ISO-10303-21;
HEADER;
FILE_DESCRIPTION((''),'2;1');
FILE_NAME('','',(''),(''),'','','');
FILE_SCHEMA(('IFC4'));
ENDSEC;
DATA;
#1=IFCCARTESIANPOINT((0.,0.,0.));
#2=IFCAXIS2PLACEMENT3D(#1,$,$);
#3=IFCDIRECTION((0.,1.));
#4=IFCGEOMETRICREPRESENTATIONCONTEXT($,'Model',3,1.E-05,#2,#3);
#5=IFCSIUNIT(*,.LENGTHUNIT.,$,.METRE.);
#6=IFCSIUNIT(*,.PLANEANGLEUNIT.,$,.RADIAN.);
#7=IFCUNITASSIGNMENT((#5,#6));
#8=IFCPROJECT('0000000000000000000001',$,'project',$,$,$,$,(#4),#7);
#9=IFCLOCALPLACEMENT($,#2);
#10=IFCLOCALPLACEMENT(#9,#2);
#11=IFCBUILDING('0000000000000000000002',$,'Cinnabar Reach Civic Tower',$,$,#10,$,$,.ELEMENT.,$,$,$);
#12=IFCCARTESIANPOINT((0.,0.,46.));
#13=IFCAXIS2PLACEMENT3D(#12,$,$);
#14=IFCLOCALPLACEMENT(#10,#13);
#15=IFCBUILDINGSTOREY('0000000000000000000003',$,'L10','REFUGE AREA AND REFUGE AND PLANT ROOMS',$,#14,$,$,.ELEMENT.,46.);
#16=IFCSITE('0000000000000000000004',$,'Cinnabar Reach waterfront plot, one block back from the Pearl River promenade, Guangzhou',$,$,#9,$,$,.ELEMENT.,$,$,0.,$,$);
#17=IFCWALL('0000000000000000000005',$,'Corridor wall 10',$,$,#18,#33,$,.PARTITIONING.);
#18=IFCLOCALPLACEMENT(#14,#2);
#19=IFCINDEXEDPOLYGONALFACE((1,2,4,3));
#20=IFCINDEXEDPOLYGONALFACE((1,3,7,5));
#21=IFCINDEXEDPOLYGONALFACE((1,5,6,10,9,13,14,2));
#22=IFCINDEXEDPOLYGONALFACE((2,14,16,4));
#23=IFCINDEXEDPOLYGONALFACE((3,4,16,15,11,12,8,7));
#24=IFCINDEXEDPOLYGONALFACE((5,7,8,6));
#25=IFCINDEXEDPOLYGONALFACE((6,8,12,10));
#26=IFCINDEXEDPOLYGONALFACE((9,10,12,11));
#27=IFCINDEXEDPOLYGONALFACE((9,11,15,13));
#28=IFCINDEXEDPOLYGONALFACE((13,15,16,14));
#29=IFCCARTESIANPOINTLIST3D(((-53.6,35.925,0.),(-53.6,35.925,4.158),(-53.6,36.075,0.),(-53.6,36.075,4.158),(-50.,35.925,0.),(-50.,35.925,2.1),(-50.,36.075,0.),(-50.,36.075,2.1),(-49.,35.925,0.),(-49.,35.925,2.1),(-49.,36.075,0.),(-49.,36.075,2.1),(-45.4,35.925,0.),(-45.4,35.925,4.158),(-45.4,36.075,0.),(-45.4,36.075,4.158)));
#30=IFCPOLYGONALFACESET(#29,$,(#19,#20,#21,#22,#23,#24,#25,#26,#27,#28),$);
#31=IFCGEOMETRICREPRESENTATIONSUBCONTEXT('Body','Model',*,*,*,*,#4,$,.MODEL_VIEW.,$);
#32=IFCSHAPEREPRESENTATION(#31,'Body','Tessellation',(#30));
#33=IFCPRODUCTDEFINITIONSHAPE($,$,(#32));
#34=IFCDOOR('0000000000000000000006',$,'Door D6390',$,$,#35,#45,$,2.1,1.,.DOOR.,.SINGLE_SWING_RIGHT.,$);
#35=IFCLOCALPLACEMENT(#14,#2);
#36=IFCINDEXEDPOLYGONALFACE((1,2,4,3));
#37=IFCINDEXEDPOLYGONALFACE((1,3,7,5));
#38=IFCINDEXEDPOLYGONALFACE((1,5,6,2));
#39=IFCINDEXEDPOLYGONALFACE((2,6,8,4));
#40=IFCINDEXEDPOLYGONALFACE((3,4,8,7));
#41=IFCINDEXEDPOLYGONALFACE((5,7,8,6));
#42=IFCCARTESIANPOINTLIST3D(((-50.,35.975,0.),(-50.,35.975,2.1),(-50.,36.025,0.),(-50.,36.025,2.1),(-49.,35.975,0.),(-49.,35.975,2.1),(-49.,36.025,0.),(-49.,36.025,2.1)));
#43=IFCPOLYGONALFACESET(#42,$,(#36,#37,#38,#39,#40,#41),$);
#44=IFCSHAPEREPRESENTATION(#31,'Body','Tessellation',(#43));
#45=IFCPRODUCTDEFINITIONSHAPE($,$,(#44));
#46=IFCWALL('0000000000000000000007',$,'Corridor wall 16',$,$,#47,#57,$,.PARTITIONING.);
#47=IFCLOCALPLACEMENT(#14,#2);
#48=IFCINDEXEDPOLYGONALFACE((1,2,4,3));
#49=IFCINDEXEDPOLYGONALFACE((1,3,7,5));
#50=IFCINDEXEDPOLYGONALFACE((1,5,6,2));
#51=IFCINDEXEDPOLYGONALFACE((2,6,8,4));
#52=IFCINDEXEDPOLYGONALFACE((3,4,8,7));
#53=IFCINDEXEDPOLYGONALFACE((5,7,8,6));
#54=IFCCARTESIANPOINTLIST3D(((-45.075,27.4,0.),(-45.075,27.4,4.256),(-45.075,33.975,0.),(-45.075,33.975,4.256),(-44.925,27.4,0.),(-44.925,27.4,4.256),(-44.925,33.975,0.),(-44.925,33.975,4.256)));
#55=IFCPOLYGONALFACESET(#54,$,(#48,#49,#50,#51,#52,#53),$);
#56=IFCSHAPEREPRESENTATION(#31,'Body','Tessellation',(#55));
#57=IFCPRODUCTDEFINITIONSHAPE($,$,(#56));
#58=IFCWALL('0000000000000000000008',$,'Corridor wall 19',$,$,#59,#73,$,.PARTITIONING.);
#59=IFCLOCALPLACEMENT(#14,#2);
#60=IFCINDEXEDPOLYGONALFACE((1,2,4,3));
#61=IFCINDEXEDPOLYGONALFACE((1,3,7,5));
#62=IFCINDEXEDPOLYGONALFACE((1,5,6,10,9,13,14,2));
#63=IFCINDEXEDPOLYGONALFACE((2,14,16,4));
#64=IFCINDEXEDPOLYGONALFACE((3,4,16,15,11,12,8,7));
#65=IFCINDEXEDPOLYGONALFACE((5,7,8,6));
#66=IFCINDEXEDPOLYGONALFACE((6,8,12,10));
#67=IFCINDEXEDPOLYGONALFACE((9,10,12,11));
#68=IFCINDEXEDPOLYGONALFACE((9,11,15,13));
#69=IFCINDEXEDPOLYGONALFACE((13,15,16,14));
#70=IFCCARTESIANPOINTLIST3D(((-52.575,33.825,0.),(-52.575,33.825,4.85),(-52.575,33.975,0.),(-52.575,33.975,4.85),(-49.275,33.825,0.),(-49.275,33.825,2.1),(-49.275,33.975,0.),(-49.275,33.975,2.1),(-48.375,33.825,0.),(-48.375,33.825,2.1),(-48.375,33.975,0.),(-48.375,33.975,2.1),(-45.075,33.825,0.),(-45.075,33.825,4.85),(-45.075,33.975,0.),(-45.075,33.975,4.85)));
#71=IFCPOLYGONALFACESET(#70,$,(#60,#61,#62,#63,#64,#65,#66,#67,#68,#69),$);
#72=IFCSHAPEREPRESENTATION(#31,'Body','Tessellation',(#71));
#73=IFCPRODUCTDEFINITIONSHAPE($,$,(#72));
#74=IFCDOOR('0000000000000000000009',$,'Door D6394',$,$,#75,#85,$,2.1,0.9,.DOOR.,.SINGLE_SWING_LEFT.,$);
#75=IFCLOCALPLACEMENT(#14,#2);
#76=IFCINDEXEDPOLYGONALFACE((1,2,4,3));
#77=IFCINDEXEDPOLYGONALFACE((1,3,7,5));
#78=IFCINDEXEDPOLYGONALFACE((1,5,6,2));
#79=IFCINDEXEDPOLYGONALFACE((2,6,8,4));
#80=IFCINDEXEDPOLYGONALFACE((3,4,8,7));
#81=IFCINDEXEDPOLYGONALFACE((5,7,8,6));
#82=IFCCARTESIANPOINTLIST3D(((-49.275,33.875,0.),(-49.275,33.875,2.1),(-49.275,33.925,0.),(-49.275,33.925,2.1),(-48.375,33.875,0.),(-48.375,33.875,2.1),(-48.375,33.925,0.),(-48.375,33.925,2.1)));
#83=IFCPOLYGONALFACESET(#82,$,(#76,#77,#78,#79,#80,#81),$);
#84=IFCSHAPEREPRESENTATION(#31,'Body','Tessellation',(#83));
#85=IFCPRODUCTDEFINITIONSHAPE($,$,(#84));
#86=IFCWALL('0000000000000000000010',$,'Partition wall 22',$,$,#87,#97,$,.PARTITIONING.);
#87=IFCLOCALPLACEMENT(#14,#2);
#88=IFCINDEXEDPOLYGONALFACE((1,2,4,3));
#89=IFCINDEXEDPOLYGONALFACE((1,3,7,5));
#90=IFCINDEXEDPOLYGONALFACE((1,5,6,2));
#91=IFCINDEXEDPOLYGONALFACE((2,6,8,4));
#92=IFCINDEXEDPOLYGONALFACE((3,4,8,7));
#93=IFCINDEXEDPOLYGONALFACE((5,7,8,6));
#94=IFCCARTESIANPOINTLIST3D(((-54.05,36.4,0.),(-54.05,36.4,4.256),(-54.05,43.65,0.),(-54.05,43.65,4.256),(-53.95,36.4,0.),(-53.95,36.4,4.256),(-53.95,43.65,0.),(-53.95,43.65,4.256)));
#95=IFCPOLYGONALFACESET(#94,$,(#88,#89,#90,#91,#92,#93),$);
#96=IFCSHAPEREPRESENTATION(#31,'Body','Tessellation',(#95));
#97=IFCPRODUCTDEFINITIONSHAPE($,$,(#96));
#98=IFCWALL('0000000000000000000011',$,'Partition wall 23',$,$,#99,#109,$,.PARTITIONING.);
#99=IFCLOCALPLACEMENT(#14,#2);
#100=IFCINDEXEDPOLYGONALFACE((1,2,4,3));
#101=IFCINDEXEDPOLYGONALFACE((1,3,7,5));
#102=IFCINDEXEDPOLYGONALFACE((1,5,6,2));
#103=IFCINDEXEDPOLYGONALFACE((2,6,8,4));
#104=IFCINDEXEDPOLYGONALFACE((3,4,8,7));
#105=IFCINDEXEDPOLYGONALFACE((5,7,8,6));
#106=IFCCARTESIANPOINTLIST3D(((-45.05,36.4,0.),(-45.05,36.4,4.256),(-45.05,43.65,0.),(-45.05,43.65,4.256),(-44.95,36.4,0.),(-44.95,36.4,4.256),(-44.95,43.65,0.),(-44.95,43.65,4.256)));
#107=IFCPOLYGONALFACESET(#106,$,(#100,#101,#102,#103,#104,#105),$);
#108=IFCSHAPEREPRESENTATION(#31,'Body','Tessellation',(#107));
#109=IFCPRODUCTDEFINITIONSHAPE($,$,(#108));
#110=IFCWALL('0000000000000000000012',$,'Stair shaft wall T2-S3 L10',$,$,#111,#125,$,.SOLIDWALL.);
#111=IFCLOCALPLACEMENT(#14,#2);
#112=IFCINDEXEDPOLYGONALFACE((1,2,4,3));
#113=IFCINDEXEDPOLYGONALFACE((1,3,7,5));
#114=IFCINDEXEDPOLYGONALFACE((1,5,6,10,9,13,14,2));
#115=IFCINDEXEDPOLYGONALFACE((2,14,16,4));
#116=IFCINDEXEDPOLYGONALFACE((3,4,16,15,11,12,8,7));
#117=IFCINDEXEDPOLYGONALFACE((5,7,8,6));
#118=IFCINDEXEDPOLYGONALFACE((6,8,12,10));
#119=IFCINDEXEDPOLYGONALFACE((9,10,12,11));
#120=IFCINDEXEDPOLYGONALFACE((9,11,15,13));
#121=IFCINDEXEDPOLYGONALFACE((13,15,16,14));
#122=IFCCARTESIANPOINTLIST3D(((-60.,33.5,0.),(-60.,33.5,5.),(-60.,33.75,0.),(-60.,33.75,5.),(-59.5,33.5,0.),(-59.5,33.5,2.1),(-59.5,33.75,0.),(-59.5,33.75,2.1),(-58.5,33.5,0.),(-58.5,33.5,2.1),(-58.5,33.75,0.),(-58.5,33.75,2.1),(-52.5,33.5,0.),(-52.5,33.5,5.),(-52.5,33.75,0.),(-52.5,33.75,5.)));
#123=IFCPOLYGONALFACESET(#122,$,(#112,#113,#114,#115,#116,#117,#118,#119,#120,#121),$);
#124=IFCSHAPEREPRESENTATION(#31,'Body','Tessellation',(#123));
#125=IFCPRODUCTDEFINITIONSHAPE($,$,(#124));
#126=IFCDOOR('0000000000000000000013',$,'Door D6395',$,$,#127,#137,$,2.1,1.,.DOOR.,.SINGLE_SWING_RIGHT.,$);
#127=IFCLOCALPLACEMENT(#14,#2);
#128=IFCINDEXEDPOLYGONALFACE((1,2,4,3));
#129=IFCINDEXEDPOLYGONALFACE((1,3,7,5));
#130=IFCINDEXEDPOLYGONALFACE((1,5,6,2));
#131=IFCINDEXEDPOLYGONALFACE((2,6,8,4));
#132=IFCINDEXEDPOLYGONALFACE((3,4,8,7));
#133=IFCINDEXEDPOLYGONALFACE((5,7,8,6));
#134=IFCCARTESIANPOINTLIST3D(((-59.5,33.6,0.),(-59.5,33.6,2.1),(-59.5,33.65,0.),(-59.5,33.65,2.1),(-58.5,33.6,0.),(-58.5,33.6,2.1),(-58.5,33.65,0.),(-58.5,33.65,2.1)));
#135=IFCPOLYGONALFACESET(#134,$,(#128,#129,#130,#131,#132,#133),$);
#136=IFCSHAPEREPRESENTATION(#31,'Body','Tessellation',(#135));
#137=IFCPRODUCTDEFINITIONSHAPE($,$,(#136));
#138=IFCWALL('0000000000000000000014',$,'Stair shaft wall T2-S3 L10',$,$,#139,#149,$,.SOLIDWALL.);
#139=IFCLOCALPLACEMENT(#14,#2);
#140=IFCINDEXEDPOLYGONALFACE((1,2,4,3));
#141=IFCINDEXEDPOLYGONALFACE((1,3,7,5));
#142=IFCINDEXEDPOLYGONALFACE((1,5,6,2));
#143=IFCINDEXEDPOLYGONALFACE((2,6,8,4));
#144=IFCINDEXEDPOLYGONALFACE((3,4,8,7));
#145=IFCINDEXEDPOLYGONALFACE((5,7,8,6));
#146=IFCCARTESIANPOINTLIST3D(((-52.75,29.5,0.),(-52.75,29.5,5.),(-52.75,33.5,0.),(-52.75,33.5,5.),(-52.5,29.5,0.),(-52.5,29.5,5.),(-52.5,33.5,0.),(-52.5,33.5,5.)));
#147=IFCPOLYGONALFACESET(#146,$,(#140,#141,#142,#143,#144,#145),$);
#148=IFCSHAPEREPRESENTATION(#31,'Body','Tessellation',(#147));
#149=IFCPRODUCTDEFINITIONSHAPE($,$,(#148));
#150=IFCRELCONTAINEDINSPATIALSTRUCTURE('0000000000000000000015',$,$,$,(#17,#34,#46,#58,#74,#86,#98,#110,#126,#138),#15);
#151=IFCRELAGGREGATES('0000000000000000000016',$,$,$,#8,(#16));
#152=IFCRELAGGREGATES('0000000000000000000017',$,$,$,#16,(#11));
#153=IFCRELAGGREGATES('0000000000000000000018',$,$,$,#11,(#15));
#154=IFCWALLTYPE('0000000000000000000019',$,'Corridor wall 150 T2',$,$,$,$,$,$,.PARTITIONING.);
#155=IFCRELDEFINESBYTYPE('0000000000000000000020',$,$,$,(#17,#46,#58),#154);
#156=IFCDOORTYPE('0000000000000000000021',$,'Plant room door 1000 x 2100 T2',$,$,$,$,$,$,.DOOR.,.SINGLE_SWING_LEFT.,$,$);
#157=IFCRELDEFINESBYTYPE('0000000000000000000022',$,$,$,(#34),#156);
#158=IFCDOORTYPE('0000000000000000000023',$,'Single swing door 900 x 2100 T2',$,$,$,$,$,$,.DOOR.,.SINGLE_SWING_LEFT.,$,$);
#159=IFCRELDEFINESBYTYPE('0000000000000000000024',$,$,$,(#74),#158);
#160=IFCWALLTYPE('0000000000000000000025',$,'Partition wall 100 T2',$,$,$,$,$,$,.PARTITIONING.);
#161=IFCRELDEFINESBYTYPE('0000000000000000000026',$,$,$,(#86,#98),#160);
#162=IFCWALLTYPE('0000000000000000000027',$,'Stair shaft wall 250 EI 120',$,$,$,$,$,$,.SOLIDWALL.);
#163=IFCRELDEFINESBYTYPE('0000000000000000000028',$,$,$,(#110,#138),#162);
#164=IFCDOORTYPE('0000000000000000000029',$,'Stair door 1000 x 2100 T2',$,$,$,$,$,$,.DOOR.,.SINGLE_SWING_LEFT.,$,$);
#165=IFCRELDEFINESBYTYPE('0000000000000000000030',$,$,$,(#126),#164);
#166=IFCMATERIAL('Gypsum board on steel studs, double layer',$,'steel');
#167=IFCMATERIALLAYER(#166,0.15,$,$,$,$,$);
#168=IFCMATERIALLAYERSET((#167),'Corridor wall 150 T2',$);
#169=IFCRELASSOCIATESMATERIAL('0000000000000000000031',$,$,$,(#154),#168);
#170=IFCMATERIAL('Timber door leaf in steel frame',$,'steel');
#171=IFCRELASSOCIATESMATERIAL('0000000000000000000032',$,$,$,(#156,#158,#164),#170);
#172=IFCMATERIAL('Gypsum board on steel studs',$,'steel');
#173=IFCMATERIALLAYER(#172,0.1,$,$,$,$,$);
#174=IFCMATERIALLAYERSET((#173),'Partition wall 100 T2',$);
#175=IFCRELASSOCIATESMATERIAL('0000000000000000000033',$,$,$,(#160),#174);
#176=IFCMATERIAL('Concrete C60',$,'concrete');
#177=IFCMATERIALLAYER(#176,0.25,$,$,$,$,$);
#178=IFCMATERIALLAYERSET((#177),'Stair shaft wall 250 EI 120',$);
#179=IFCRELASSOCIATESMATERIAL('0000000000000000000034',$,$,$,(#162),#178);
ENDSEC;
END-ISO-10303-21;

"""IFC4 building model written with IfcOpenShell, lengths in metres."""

from ifc_helpers import new_model, si_unit, direction, frame, frame_2d, origin, place, context, subcontext, project, spatial, rectangle, extrude, material, layer, layer_set, type_object, element, fill, save


model = new_model("IFC4")

# Units and contexts
model_context = context("Model", 3, precision=1e-05, world=origin(), true_north=direction((0.0, 1.0)))
body_context = subcontext(model_context, "Body", "Model", "MODEL_VIEW")
ifc_project = project(units=[si_unit("LENGTHUNIT", "METRE"), si_unit("PLANEANGLEUNIT", "RADIAN")], contexts=[model_context])

# Site, building, storey
site_placement = place(None, origin())
site = spatial("IfcSite", under=ifc_project, at=site_placement, Name="Cinnabar Reach waterfront plot, one block back from the Pearl River promenade, Guangzhou", CompositionType="ELEMENT", RefElevation=0.0)
building_placement = place(site_placement, origin())
building = spatial("IfcBuilding", under=site, at=building_placement, Name="Cinnabar Reach Civic Tower", CompositionType="ELEMENT")
storey_placement = place(building_placement, frame((0.0, 0.0, 46.0)))
storey = spatial("IfcBuildingStorey", under=building, at=storey_placement, Name="L10", Description="REFUGE AREA AND REFUGE AND PLANT ROOMS", CompositionType="ELEMENT", Elevation=46.0)

# Shared definitions
ifc_material_1 = material(Name="Concrete C60", Category="concrete")

# Wall, opening, door
ifc_material_2 = material(Name="Gypsum board on steel studs, double layer", Category="steel")
ifc_layer_1 = layer(ifc_material_2, 0.15)
ifc_layer_set_1 = layer_set([ifc_layer_1], Name="Corridor wall 150 T2")
wall_type_1 = type_object("IfcWallType", Name="Corridor wall 150 T2", PredefinedType="PARTITIONING", material=ifc_layer_set_1)
wall_1_placement = place(storey_placement, frame((-53.6, 36.0, 0.0), z_axis=(0.0, 0.0, 1.0), x_axis=(1.0, 0.0, 0.0)))
wall_1 = element("IfcWall", 1, at=wall_1_placement, inside=storey, type_object=wall_type_1, Name="Corridor wall 10", PredefinedType="PARTITIONING", context=body_context, shape_type="SweptSolid", body=[
    extrude(rectangle(XDim=8.2, YDim=0.15, at=frame_2d((4.1, 0.0))), origin(), (0.0, 0.0, 1.0), 4.158),
])
opening_1_placement = place(wall_1_placement, frame((3.6, 0.0, 0.0)))
opening_1 = element("IfcOpeningElement", 2, at=opening_1_placement, cuts=wall_1, PredefinedType="OPENING", context=body_context, shape_type="SweptSolid", body=[
    extrude(rectangle(XDim=1.0, YDim=2.1, at=frame_2d((0.5, 1.05))), frame((0.0, 0.085, 0.0), z_axis=(0.0, -1.0, 0.0), x_axis=(1.0, 0.0, 0.0)), (0.0, 0.0, 1.0), 0.17),
])
ifc_material_3 = material(Name="Timber door leaf in steel frame", Category="steel")
door_type_1 = type_object("IfcDoorType", Name="Plant room door 1000 x 2100 T2", OperationType="SINGLE_SWING_LEFT", PredefinedType="DOOR", material=ifc_material_3)
door_1_placement = place(opening_1_placement, origin())
door_1 = element("IfcDoor", 3, at=door_1_placement, inside=storey, type_object=door_type_1, Name="Door D6390", OperationType="SINGLE_SWING_RIGHT", OverallHeight=2.1, OverallWidth=1.0, PredefinedType="DOOR", context=body_context, shape_type="SweptSolid", body=[
    extrude(rectangle(XDim=1.0, YDim=2.1, at=frame_2d((0.5, 1.05))), frame((0.0, 0.025, 0.0), z_axis=(0.0, -1.0, 0.0), x_axis=(1.0, 0.0, 0.0)), (0.0, 0.0, 1.0), 0.05),
])
fill(opening_1, door_1)

# Wall
wall_2_placement = place(storey_placement, frame((-45.0, 27.4, 0.0), z_axis=(0.0, 0.0, 1.0), x_axis=(0.0, 1.0, 0.0)))
element("IfcWall", 4, at=wall_2_placement, inside=storey, type_object=wall_type_1, Name="Corridor wall 16", PredefinedType="PARTITIONING", context=body_context, shape_type="SweptSolid", body=[
    extrude(rectangle(XDim=6.575, YDim=0.15, at=frame_2d((3.2875, 0.0))), origin(), (0.0, 0.0, 1.0), 4.256),
])

# Wall, opening, door
wall_3_placement = place(storey_placement, frame((-52.575, 33.9, 0.0), z_axis=(0.0, 0.0, 1.0), x_axis=(1.0, 0.0, 0.0)))
wall_3 = element("IfcWall", 5, at=wall_3_placement, inside=storey, type_object=wall_type_1, Name="Corridor wall 19", PredefinedType="PARTITIONING", context=body_context, shape_type="SweptSolid", body=[
    extrude(rectangle(XDim=7.5, YDim=0.15, at=frame_2d((3.75, 0.0))), origin(), (0.0, 0.0, 1.0), 4.85),
])
opening_2_placement = place(wall_3_placement, frame((3.3, 0.0, 0.0)))
opening_2 = element("IfcOpeningElement", 6, at=opening_2_placement, cuts=wall_3, PredefinedType="OPENING", context=body_context, shape_type="SweptSolid", body=[
    extrude(rectangle(XDim=0.9, YDim=2.1, at=frame_2d((0.45, 1.05))), frame((0.0, 0.085, 0.0), z_axis=(0.0, -1.0, 0.0), x_axis=(1.0, 0.0, 0.0)), (0.0, 0.0, 1.0), 0.17),
])
door_type_2 = type_object("IfcDoorType", Name="Single swing door 900 x 2100 T2", OperationType="SINGLE_SWING_LEFT", PredefinedType="DOOR", material=ifc_material_3)
door_2_placement = place(opening_2_placement, frame((0.9, 0.0, 0.0), z_axis=(0.0, 0.0, 1.0), x_axis=(-1.0, 0.0, 0.0)))
door_2 = element("IfcDoor", 7, at=door_2_placement, inside=storey, type_object=door_type_2, Name="Door D6394", OperationType="SINGLE_SWING_LEFT", OverallHeight=2.1, OverallWidth=0.9, PredefinedType="DOOR", context=body_context, shape_type="SweptSolid", body=[
    extrude(rectangle(XDim=0.9, YDim=2.1, at=frame_2d((0.45, 1.05))), frame((0.0, 0.025, 0.0), z_axis=(0.0, -1.0, 0.0), x_axis=(1.0, 0.0, 0.0)), (0.0, 0.0, 1.0), 0.05),
])
fill(opening_2, door_2)

# Walls
ifc_material_4 = material(Name="Gypsum board on steel studs", Category="steel")
ifc_layer_2 = layer(ifc_material_4, 0.1)
ifc_layer_set_2 = layer_set([ifc_layer_2], Name="Partition wall 100 T2")
wall_type_2 = type_object("IfcWallType", Name="Partition wall 100 T2", PredefinedType="PARTITIONING", material=ifc_layer_set_2)
for number, where, z_axis, x_axis, name in (
    (8, (-54.0, 36.4, 0.0), (0.0, 0.0, 1.0), (0.0, 1.0, 0.0), "Partition wall 22"),
    (9, (-45.0, 36.4, 0.0), (0.0, 0.0, 1.0), (0.0, 1.0, 0.0), "Partition wall 23"),
):
    element("IfcWall", number, at=place(storey_placement, frame(where, z_axis=z_axis, x_axis=x_axis)), inside=storey, type_object=wall_type_2, Name=name, PredefinedType="PARTITIONING", context=body_context, shape_type="SweptSolid", body=[
        extrude(rectangle(XDim=7.25, YDim=0.1, at=frame_2d((3.625, 0.0))), origin(), (0.0, 0.0, 1.0), 4.256),
    ])

# Wall, opening, door
ifc_layer_3 = layer(ifc_material_1, 0.25)
ifc_layer_set_3 = layer_set([ifc_layer_3], Name="Stair shaft wall 250 EI 120")
wall_type_3 = type_object("IfcWallType", Name="Stair shaft wall 250 EI 120", PredefinedType="SOLIDWALL", material=ifc_layer_set_3)
wall_4_placement = place(storey_placement, frame((-52.5, 33.625, 0.0), z_axis=(0.0, 0.0, 1.0), x_axis=(-1.0, 0.0, 0.0)))
wall_4 = element("IfcWall", 10, at=wall_4_placement, inside=storey, type_object=wall_type_3, Name="Stair shaft wall T2-S3 L10", PredefinedType="SOLIDWALL", context=body_context, shape_type="SweptSolid", body=[
    extrude(rectangle(XDim=7.5, YDim=0.25, at=frame_2d((3.75, 0.0))), origin(), (0.0, 0.0, 1.0), 5.0),
])
opening_3_placement = place(wall_4_placement, frame((6.0, 0.0, 0.0)))
opening_3 = element("IfcOpeningElement", 11, at=opening_3_placement, cuts=wall_4, PredefinedType="OPENING", context=body_context, shape_type="SweptSolid", body=[
    extrude(rectangle(XDim=1.0, YDim=2.1, at=frame_2d((0.5, 1.05))), frame((0.0, 0.135, 0.0), z_axis=(0.0, -1.0, 0.0), x_axis=(1.0, 0.0, 0.0)), (0.0, 0.0, 1.0), 0.27),
])
door_type_3 = type_object("IfcDoorType", Name="Stair door 1000 x 2100 T2", OperationType="SINGLE_SWING_LEFT", PredefinedType="DOOR", material=ifc_material_3)
door_3_placement = place(opening_3_placement, origin())
door_3 = element("IfcDoor", 12, at=door_3_placement, inside=storey, type_object=door_type_3, Name="Door D6395", OperationType="SINGLE_SWING_RIGHT", OverallHeight=2.1, OverallWidth=1.0, PredefinedType="DOOR", context=body_context, shape_type="SweptSolid", body=[
    extrude(rectangle(XDim=1.0, YDim=2.1, at=frame_2d((0.5, 1.05))), frame((0.0, 0.025, 0.0), z_axis=(0.0, -1.0, 0.0), x_axis=(1.0, 0.0, 0.0)), (0.0, 0.0, 1.0), 0.05),
])
fill(opening_3, door_3)

# Wall
wall_5_placement = place(storey_placement, frame((-52.625, 29.5, 0.0), z_axis=(0.0, 0.0, 1.0), x_axis=(0.0, 1.0, 0.0)))
element("IfcWall", 13, at=wall_5_placement, inside=storey, type_object=wall_type_3, Name="Stair shaft wall T2-S3 L10", PredefinedType="SOLIDWALL", context=body_context, shape_type="SweptSolid", body=[
    extrude(rectangle(XDim=4.0, YDim=0.25, at=frame_2d((2.0, 0.0))), origin(), (0.0, 0.0, 1.0), 5.0),
])

save(model, "model.ifc")
